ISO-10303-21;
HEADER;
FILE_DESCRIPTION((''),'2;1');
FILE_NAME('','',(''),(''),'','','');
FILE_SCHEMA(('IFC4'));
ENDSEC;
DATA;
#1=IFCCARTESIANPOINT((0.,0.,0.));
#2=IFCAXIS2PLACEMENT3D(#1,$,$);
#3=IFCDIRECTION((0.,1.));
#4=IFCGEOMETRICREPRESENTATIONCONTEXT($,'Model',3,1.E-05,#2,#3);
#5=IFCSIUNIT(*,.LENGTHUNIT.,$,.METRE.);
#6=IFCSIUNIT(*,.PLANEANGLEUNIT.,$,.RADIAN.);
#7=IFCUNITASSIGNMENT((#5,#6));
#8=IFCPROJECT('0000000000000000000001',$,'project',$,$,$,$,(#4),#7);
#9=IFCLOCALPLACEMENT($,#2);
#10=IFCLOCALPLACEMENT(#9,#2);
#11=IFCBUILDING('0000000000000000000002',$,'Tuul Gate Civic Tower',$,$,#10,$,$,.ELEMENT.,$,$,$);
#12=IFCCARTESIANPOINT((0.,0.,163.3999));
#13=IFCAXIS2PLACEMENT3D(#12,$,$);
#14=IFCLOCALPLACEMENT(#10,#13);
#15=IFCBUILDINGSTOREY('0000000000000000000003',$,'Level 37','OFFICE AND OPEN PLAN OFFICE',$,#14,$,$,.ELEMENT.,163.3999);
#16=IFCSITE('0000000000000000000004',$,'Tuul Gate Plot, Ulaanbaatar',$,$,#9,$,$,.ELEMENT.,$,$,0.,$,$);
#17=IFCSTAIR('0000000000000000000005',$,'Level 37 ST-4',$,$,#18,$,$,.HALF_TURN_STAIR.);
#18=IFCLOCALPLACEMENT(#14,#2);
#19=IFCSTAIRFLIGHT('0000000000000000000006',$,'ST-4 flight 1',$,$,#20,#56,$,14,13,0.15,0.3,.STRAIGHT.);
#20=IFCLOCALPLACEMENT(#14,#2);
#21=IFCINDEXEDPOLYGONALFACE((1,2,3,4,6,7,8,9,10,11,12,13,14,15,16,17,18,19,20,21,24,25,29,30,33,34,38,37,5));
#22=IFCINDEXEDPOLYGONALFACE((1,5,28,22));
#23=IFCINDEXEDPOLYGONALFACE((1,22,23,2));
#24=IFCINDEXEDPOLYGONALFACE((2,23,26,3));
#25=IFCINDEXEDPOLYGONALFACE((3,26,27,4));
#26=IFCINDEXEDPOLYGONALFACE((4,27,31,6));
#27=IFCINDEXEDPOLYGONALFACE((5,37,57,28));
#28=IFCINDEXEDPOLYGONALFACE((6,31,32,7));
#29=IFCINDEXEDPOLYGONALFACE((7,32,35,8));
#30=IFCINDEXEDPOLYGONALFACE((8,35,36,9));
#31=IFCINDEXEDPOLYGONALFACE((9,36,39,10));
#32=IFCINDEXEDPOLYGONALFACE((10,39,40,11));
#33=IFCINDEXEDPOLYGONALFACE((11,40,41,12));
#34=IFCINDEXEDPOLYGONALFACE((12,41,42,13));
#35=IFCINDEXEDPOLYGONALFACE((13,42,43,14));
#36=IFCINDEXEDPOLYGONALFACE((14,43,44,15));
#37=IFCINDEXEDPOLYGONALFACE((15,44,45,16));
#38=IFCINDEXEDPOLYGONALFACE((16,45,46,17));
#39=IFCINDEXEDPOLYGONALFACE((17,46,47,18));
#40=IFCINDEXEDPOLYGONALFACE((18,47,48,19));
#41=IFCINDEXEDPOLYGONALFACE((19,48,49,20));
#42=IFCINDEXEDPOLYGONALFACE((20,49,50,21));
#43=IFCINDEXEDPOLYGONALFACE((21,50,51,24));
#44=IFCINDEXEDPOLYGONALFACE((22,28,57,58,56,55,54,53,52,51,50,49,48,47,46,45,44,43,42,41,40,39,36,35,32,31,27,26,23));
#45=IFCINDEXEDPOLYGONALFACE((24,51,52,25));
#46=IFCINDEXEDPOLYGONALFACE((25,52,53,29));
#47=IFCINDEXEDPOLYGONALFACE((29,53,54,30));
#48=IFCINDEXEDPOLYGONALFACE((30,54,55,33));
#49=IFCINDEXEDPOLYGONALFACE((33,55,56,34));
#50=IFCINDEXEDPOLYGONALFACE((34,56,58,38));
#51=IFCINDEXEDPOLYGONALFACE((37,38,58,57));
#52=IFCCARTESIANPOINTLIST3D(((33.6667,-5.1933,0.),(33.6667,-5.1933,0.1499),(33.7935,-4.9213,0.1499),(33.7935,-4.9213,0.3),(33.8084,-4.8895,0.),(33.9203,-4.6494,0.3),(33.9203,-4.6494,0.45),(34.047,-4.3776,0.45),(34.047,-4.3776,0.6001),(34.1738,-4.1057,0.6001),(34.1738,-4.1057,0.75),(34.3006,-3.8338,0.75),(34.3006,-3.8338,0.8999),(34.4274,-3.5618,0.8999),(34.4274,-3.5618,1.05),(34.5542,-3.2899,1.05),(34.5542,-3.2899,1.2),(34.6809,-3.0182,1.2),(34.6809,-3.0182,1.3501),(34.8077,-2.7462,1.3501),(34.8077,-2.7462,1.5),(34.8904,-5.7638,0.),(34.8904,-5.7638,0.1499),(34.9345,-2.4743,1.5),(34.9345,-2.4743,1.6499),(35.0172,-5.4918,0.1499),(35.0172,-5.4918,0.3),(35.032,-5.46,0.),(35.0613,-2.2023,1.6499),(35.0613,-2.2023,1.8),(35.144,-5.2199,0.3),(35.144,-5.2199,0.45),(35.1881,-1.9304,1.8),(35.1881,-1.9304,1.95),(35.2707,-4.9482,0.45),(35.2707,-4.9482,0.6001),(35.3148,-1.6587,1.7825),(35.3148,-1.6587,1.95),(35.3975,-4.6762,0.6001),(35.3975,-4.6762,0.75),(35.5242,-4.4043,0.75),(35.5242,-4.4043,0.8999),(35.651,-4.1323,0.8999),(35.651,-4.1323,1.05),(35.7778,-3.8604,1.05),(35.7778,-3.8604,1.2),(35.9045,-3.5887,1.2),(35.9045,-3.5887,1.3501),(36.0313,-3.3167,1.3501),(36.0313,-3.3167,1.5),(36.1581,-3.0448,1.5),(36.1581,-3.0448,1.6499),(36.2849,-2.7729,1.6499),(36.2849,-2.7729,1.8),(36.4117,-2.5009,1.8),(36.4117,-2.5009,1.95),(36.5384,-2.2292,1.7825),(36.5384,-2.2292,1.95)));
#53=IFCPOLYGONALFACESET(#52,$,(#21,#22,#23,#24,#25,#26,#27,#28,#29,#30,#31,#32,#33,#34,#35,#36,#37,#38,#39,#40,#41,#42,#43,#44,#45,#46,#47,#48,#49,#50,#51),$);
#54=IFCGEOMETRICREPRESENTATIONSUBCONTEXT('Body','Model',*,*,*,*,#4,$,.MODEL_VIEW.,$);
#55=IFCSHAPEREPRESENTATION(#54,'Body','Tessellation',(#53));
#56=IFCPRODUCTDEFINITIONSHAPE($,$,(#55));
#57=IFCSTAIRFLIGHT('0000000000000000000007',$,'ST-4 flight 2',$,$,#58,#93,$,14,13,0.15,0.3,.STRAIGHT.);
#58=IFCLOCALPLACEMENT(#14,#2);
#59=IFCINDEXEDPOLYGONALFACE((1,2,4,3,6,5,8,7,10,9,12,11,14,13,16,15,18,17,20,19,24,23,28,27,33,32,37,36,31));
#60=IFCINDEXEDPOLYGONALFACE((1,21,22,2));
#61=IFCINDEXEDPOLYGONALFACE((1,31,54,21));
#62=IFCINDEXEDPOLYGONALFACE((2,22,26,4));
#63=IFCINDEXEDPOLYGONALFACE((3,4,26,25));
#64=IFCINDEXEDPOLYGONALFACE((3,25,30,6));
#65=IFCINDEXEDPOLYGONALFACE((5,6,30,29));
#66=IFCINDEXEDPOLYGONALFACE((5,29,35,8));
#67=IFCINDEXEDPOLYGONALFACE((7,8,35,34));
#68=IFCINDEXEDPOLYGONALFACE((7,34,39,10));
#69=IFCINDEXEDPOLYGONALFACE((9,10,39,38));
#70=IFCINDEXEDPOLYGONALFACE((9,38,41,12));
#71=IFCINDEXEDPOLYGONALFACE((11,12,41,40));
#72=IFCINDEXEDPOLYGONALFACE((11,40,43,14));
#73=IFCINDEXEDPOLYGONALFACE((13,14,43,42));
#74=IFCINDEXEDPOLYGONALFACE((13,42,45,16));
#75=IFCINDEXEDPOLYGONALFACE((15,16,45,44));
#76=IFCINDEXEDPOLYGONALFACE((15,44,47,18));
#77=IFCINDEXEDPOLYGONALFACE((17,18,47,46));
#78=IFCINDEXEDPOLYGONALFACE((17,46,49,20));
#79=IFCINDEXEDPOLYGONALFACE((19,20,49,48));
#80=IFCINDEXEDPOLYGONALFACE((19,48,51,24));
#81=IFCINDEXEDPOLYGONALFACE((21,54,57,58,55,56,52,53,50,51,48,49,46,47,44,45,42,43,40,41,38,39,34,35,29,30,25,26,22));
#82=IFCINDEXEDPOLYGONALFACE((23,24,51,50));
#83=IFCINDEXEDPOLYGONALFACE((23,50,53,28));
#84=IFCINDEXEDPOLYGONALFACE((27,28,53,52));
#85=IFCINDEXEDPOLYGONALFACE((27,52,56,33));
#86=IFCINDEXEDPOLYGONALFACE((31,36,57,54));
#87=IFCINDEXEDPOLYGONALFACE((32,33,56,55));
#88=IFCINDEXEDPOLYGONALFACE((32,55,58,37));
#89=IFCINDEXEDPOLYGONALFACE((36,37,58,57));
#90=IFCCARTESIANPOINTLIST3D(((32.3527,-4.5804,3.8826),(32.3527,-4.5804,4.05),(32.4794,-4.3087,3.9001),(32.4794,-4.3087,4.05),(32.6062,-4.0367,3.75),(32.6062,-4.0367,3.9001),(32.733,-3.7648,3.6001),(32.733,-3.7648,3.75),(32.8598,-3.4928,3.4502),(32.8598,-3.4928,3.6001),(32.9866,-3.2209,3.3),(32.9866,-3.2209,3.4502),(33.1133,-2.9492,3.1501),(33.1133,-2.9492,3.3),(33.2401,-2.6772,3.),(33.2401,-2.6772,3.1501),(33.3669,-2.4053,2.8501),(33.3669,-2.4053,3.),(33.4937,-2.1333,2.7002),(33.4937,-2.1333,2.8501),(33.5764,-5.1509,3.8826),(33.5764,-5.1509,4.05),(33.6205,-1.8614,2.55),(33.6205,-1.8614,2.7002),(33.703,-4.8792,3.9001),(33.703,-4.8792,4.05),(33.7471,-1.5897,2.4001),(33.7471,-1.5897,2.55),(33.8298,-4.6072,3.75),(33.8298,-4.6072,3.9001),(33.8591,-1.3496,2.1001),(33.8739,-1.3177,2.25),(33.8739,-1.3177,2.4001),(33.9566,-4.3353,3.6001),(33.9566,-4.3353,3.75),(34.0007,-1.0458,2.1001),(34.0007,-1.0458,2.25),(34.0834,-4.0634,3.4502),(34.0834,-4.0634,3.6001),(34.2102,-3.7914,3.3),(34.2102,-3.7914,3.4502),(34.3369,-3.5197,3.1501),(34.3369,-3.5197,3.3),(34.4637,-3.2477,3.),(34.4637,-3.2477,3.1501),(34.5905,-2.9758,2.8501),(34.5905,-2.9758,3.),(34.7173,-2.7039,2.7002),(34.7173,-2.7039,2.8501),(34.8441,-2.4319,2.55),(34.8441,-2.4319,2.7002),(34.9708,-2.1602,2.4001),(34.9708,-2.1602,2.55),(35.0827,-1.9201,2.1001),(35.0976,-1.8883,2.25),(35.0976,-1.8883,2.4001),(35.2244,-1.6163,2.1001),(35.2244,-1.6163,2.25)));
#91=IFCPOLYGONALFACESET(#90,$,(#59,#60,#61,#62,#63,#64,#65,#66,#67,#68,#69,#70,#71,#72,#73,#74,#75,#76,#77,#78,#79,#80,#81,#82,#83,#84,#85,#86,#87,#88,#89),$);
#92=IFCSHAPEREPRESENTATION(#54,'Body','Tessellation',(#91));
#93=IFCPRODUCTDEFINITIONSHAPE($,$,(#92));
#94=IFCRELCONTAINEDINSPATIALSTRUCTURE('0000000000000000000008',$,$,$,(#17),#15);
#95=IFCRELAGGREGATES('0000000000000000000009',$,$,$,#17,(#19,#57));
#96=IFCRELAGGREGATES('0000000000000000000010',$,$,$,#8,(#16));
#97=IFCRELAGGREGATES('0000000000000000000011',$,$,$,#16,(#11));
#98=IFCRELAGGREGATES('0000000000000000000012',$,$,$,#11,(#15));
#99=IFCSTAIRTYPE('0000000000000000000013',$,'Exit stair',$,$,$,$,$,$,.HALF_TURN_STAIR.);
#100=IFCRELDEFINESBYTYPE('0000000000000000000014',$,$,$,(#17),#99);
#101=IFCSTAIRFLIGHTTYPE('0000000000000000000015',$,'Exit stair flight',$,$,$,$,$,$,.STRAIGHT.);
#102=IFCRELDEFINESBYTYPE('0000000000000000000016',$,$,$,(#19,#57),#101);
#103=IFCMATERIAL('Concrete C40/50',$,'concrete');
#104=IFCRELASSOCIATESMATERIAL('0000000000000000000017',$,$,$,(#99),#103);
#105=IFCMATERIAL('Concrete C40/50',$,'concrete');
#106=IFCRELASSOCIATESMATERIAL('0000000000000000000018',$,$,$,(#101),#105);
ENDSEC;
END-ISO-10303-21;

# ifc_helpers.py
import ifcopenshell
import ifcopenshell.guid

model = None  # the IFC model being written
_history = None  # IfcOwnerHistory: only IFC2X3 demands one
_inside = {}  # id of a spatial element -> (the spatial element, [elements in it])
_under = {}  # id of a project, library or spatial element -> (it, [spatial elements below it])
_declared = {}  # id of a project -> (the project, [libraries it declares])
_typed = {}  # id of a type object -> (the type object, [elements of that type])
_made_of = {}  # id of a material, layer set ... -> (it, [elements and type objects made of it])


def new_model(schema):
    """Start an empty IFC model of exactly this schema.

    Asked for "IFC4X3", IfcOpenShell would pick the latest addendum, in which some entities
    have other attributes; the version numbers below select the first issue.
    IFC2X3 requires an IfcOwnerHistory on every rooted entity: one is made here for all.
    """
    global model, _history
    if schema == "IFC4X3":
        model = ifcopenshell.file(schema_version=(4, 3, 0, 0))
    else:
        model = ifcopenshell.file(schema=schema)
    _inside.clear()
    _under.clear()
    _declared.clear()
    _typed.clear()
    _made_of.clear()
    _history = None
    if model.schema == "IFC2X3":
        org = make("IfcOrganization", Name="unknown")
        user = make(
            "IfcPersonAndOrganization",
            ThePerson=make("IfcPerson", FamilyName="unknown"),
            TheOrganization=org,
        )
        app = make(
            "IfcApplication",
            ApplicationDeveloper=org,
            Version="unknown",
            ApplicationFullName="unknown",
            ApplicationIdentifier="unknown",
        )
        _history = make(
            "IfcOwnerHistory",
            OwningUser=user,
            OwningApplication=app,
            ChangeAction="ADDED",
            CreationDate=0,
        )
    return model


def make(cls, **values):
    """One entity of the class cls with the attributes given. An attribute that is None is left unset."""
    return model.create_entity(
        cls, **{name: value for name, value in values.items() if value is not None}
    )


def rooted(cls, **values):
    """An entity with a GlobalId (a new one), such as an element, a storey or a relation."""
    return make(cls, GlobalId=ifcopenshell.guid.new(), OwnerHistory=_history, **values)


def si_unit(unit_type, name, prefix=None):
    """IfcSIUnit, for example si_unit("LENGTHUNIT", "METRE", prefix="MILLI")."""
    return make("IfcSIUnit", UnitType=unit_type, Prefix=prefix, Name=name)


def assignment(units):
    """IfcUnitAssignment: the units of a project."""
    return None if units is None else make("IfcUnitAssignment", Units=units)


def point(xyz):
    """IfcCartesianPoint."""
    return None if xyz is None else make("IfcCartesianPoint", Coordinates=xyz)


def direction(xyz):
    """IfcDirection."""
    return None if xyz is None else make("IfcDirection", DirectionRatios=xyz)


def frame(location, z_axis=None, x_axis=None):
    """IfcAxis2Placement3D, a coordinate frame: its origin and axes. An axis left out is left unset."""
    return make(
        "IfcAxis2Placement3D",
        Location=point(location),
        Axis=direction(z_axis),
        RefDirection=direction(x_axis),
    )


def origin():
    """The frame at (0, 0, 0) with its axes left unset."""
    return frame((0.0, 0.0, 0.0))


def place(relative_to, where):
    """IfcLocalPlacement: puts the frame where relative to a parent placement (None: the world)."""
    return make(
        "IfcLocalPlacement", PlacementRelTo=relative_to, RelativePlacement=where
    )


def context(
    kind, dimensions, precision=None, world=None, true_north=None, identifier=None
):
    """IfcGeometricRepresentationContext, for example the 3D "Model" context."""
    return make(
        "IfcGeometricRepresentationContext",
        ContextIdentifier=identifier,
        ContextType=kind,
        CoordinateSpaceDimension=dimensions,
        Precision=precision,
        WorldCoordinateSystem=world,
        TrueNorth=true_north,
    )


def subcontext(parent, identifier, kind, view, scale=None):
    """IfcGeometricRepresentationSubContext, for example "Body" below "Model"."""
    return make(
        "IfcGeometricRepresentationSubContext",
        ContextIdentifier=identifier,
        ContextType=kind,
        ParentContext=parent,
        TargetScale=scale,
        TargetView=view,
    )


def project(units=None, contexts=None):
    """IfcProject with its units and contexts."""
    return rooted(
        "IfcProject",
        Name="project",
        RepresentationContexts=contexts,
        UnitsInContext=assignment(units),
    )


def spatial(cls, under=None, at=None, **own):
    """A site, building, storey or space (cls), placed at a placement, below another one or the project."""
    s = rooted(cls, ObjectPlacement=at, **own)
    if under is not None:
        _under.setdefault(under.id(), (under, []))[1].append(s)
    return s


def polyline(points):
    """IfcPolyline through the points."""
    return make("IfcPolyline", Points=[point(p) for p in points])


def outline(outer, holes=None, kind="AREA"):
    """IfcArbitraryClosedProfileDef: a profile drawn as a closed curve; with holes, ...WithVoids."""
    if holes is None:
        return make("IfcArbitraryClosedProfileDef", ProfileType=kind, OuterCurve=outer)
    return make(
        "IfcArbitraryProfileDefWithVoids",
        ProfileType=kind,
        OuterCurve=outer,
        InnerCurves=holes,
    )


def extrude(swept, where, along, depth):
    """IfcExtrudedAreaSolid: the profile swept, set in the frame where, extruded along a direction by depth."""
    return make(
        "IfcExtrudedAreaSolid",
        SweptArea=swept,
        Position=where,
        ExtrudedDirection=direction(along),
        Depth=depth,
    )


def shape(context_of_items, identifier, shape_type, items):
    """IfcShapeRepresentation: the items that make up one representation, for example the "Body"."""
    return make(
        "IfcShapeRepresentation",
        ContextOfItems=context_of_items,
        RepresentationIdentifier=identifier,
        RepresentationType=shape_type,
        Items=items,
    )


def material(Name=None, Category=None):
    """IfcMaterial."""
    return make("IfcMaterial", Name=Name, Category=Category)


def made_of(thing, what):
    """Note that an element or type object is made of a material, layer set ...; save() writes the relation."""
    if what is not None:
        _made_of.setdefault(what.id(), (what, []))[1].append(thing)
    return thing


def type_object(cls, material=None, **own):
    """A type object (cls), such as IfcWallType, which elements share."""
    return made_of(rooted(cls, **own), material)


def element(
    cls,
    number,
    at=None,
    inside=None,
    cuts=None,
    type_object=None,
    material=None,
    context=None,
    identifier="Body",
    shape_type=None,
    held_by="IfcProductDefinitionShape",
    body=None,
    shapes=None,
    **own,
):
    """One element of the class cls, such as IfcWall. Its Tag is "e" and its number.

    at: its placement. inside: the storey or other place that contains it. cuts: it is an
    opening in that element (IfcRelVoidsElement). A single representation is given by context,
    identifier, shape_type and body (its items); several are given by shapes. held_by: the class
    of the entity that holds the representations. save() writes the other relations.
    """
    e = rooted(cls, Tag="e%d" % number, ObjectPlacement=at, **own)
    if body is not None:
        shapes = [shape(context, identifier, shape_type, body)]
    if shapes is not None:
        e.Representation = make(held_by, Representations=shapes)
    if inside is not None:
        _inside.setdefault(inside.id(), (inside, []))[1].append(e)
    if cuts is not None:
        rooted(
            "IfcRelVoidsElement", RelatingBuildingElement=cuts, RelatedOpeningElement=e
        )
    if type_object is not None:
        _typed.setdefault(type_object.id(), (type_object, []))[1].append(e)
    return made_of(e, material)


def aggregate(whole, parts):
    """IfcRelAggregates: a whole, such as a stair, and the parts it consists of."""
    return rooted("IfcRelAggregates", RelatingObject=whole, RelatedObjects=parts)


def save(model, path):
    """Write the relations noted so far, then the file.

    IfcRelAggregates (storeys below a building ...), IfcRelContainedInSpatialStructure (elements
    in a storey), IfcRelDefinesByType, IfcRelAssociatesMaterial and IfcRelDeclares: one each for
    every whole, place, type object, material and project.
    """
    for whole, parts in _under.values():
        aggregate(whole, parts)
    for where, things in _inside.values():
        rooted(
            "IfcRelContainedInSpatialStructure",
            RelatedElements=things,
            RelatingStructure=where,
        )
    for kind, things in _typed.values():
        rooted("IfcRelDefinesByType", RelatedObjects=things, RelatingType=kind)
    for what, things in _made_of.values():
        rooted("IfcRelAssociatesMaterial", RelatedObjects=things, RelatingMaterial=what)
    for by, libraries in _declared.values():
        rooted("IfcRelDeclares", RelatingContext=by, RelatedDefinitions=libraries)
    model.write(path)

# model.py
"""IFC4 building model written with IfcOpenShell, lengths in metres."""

from ifc_helpers import new_model, si_unit, direction, frame, origin, place, context, subcontext, project, spatial, polyline, outline, extrude, material, type_object, element, aggregate, save


model = new_model("IFC4")

# Units and contexts
model_context = context("Model", 3, precision=1e-05, world=origin(), true_north=direction((0.0, 1.0)))
body_context = subcontext(model_context, "Body", "Model", "MODEL_VIEW")
ifc_project = project(units=[si_unit("LENGTHUNIT", "METRE"), si_unit("PLANEANGLEUNIT", "RADIAN")], contexts=[model_context])

# Site, building, storey
site_placement = place(None, origin())
site = spatial("IfcSite", under=ifc_project, at=site_placement, Name="Tuul Gate Plot, Ulaanbaatar", CompositionType="ELEMENT", RefElevation=0.0)
building_placement = place(site_placement, origin())
building = spatial("IfcBuilding", under=site, at=building_placement, Name="Tuul Gate Civic Tower", CompositionType="ELEMENT")
storey_placement = place(building_placement, frame((0.0, 0.0, 163.3999)))
storey = spatial("IfcBuildingStorey", under=building, at=storey_placement, Name="Level 37", Description="OFFICE AND OPEN PLAN OFFICE", CompositionType="ELEMENT", Elevation=163.3999)

# Stair, stair flights
ifc_material_1 = material(Name="Concrete C40/50", Category="concrete")
stair_type = type_object("IfcStairType", Name="Exit stair", PredefinedType="HALF_TURN_STAIR", material=ifc_material_1)
stair_placement = place(storey_placement, origin())
stair = element("IfcStair", 1, at=stair_placement, inside=storey, type_object=stair_type, Name="Level 37 ST-4", PredefinedType="HALF_TURN_STAIR")
ifc_material_2 = material(Name="Concrete C40/50", Category="concrete")
stair_flight_type = type_object("IfcStairFlightType", Name="Exit stair flight", PredefinedType="STRAIGHT", material=ifc_material_2)
stair_flight_1_placement = place(storey_placement, frame((34.2786, -5.4785, 0.0), z_axis=(0.0, 0.0, 1.0), x_axis=(0.422576, 0.906327, 0.0)))
stair_flight_1 = element("IfcStairFlight", 2, at=stair_flight_1_placement, type_object=stair_flight_type, Name="ST-4 flight 1", NumberOfRisers=14, NumberOfTreads=13, PredefinedType="STRAIGHT", RiserHeight=0.15, TreadLength=0.3, context=body_context, shape_type="SweptSolid", body=[
    extrude(outline(polyline([(0.0, 0.0), (0.0, 0.1499), (0.3, 0.1499), (0.3, 0.3), (0.6001, 0.3), (0.6001, 0.45), (0.8999, 0.45), (0.8999, 0.6001), (1.2, 0.6001), (1.2, 0.75), (1.5, 0.75), (1.5, 0.8999), (1.8, 0.8999), (1.8, 1.05), (2.1001, 1.05), (2.1001, 1.2), (2.3999, 1.2), (2.3999, 1.3501), (2.7, 1.3501), (2.7, 1.5), (3.0, 1.5), (3.0, 1.6499), (3.3, 1.6499), (3.3, 1.8), (3.6001, 1.8), (3.6001, 1.95), (3.8999, 1.95), (3.8999, 2.1001), (3.8999, 1.7825), (0.3352, 0.0), (0.0, 0.0)])), frame((0.0, 0.675, 0.0), z_axis=(0.0, -1.0, 0.0), x_axis=(1.0, 0.0, 0.0)), (0.0, 0.0, 1.0), 1.3501),
])
stair_flight_2_placement = place(storey_placement, frame((34.6125, -1.3311, 2.1001), z_axis=(0.0, 0.0, 1.0), x_axis=(-0.422576, -0.906327, 0.0)))
stair_flight_2 = element("IfcStairFlight", 3, at=stair_flight_2_placement, type_object=stair_flight_type, Name="ST-4 flight 2", NumberOfRisers=14, NumberOfTreads=13, PredefinedType="STRAIGHT", RiserHeight=0.15, TreadLength=0.3, context=body_context, shape_type="SweptSolid", body=[
    extrude(outline(polyline([(0.0, 0.0), (0.0, 0.1499), (0.3, 0.1499), (0.3, 0.3), (0.6001, 0.3), (0.6001, 0.45), (0.8999, 0.45), (0.8999, 0.6001), (1.2, 0.6001), (1.2, 0.75), (1.5, 0.75), (1.5, 0.8999), (1.8, 0.8999), (1.8, 1.05), (2.1001, 1.05), (2.1001, 1.2), (2.3999, 1.2), (2.3999, 1.3501), (2.7, 1.3501), (2.7, 1.5), (3.0, 1.5), (3.0, 1.6499), (3.3, 1.6499), (3.3, 1.8), (3.6001, 1.8), (3.6001, 1.95), (3.8999, 1.95), (3.8999, 2.1001), (3.8999, 1.7825), (0.3352, 0.0), (0.0, 0.0)])), frame((0.0, 0.675, 0.0), z_axis=(0.0, -1.0, 0.0), x_axis=(1.0, 0.0, 0.0)), (0.0, 0.0, 1.0), 1.3501),
])
aggregate(stair, [stair_flight_1, stair_flight_2])

save(model, "model.ifc")
